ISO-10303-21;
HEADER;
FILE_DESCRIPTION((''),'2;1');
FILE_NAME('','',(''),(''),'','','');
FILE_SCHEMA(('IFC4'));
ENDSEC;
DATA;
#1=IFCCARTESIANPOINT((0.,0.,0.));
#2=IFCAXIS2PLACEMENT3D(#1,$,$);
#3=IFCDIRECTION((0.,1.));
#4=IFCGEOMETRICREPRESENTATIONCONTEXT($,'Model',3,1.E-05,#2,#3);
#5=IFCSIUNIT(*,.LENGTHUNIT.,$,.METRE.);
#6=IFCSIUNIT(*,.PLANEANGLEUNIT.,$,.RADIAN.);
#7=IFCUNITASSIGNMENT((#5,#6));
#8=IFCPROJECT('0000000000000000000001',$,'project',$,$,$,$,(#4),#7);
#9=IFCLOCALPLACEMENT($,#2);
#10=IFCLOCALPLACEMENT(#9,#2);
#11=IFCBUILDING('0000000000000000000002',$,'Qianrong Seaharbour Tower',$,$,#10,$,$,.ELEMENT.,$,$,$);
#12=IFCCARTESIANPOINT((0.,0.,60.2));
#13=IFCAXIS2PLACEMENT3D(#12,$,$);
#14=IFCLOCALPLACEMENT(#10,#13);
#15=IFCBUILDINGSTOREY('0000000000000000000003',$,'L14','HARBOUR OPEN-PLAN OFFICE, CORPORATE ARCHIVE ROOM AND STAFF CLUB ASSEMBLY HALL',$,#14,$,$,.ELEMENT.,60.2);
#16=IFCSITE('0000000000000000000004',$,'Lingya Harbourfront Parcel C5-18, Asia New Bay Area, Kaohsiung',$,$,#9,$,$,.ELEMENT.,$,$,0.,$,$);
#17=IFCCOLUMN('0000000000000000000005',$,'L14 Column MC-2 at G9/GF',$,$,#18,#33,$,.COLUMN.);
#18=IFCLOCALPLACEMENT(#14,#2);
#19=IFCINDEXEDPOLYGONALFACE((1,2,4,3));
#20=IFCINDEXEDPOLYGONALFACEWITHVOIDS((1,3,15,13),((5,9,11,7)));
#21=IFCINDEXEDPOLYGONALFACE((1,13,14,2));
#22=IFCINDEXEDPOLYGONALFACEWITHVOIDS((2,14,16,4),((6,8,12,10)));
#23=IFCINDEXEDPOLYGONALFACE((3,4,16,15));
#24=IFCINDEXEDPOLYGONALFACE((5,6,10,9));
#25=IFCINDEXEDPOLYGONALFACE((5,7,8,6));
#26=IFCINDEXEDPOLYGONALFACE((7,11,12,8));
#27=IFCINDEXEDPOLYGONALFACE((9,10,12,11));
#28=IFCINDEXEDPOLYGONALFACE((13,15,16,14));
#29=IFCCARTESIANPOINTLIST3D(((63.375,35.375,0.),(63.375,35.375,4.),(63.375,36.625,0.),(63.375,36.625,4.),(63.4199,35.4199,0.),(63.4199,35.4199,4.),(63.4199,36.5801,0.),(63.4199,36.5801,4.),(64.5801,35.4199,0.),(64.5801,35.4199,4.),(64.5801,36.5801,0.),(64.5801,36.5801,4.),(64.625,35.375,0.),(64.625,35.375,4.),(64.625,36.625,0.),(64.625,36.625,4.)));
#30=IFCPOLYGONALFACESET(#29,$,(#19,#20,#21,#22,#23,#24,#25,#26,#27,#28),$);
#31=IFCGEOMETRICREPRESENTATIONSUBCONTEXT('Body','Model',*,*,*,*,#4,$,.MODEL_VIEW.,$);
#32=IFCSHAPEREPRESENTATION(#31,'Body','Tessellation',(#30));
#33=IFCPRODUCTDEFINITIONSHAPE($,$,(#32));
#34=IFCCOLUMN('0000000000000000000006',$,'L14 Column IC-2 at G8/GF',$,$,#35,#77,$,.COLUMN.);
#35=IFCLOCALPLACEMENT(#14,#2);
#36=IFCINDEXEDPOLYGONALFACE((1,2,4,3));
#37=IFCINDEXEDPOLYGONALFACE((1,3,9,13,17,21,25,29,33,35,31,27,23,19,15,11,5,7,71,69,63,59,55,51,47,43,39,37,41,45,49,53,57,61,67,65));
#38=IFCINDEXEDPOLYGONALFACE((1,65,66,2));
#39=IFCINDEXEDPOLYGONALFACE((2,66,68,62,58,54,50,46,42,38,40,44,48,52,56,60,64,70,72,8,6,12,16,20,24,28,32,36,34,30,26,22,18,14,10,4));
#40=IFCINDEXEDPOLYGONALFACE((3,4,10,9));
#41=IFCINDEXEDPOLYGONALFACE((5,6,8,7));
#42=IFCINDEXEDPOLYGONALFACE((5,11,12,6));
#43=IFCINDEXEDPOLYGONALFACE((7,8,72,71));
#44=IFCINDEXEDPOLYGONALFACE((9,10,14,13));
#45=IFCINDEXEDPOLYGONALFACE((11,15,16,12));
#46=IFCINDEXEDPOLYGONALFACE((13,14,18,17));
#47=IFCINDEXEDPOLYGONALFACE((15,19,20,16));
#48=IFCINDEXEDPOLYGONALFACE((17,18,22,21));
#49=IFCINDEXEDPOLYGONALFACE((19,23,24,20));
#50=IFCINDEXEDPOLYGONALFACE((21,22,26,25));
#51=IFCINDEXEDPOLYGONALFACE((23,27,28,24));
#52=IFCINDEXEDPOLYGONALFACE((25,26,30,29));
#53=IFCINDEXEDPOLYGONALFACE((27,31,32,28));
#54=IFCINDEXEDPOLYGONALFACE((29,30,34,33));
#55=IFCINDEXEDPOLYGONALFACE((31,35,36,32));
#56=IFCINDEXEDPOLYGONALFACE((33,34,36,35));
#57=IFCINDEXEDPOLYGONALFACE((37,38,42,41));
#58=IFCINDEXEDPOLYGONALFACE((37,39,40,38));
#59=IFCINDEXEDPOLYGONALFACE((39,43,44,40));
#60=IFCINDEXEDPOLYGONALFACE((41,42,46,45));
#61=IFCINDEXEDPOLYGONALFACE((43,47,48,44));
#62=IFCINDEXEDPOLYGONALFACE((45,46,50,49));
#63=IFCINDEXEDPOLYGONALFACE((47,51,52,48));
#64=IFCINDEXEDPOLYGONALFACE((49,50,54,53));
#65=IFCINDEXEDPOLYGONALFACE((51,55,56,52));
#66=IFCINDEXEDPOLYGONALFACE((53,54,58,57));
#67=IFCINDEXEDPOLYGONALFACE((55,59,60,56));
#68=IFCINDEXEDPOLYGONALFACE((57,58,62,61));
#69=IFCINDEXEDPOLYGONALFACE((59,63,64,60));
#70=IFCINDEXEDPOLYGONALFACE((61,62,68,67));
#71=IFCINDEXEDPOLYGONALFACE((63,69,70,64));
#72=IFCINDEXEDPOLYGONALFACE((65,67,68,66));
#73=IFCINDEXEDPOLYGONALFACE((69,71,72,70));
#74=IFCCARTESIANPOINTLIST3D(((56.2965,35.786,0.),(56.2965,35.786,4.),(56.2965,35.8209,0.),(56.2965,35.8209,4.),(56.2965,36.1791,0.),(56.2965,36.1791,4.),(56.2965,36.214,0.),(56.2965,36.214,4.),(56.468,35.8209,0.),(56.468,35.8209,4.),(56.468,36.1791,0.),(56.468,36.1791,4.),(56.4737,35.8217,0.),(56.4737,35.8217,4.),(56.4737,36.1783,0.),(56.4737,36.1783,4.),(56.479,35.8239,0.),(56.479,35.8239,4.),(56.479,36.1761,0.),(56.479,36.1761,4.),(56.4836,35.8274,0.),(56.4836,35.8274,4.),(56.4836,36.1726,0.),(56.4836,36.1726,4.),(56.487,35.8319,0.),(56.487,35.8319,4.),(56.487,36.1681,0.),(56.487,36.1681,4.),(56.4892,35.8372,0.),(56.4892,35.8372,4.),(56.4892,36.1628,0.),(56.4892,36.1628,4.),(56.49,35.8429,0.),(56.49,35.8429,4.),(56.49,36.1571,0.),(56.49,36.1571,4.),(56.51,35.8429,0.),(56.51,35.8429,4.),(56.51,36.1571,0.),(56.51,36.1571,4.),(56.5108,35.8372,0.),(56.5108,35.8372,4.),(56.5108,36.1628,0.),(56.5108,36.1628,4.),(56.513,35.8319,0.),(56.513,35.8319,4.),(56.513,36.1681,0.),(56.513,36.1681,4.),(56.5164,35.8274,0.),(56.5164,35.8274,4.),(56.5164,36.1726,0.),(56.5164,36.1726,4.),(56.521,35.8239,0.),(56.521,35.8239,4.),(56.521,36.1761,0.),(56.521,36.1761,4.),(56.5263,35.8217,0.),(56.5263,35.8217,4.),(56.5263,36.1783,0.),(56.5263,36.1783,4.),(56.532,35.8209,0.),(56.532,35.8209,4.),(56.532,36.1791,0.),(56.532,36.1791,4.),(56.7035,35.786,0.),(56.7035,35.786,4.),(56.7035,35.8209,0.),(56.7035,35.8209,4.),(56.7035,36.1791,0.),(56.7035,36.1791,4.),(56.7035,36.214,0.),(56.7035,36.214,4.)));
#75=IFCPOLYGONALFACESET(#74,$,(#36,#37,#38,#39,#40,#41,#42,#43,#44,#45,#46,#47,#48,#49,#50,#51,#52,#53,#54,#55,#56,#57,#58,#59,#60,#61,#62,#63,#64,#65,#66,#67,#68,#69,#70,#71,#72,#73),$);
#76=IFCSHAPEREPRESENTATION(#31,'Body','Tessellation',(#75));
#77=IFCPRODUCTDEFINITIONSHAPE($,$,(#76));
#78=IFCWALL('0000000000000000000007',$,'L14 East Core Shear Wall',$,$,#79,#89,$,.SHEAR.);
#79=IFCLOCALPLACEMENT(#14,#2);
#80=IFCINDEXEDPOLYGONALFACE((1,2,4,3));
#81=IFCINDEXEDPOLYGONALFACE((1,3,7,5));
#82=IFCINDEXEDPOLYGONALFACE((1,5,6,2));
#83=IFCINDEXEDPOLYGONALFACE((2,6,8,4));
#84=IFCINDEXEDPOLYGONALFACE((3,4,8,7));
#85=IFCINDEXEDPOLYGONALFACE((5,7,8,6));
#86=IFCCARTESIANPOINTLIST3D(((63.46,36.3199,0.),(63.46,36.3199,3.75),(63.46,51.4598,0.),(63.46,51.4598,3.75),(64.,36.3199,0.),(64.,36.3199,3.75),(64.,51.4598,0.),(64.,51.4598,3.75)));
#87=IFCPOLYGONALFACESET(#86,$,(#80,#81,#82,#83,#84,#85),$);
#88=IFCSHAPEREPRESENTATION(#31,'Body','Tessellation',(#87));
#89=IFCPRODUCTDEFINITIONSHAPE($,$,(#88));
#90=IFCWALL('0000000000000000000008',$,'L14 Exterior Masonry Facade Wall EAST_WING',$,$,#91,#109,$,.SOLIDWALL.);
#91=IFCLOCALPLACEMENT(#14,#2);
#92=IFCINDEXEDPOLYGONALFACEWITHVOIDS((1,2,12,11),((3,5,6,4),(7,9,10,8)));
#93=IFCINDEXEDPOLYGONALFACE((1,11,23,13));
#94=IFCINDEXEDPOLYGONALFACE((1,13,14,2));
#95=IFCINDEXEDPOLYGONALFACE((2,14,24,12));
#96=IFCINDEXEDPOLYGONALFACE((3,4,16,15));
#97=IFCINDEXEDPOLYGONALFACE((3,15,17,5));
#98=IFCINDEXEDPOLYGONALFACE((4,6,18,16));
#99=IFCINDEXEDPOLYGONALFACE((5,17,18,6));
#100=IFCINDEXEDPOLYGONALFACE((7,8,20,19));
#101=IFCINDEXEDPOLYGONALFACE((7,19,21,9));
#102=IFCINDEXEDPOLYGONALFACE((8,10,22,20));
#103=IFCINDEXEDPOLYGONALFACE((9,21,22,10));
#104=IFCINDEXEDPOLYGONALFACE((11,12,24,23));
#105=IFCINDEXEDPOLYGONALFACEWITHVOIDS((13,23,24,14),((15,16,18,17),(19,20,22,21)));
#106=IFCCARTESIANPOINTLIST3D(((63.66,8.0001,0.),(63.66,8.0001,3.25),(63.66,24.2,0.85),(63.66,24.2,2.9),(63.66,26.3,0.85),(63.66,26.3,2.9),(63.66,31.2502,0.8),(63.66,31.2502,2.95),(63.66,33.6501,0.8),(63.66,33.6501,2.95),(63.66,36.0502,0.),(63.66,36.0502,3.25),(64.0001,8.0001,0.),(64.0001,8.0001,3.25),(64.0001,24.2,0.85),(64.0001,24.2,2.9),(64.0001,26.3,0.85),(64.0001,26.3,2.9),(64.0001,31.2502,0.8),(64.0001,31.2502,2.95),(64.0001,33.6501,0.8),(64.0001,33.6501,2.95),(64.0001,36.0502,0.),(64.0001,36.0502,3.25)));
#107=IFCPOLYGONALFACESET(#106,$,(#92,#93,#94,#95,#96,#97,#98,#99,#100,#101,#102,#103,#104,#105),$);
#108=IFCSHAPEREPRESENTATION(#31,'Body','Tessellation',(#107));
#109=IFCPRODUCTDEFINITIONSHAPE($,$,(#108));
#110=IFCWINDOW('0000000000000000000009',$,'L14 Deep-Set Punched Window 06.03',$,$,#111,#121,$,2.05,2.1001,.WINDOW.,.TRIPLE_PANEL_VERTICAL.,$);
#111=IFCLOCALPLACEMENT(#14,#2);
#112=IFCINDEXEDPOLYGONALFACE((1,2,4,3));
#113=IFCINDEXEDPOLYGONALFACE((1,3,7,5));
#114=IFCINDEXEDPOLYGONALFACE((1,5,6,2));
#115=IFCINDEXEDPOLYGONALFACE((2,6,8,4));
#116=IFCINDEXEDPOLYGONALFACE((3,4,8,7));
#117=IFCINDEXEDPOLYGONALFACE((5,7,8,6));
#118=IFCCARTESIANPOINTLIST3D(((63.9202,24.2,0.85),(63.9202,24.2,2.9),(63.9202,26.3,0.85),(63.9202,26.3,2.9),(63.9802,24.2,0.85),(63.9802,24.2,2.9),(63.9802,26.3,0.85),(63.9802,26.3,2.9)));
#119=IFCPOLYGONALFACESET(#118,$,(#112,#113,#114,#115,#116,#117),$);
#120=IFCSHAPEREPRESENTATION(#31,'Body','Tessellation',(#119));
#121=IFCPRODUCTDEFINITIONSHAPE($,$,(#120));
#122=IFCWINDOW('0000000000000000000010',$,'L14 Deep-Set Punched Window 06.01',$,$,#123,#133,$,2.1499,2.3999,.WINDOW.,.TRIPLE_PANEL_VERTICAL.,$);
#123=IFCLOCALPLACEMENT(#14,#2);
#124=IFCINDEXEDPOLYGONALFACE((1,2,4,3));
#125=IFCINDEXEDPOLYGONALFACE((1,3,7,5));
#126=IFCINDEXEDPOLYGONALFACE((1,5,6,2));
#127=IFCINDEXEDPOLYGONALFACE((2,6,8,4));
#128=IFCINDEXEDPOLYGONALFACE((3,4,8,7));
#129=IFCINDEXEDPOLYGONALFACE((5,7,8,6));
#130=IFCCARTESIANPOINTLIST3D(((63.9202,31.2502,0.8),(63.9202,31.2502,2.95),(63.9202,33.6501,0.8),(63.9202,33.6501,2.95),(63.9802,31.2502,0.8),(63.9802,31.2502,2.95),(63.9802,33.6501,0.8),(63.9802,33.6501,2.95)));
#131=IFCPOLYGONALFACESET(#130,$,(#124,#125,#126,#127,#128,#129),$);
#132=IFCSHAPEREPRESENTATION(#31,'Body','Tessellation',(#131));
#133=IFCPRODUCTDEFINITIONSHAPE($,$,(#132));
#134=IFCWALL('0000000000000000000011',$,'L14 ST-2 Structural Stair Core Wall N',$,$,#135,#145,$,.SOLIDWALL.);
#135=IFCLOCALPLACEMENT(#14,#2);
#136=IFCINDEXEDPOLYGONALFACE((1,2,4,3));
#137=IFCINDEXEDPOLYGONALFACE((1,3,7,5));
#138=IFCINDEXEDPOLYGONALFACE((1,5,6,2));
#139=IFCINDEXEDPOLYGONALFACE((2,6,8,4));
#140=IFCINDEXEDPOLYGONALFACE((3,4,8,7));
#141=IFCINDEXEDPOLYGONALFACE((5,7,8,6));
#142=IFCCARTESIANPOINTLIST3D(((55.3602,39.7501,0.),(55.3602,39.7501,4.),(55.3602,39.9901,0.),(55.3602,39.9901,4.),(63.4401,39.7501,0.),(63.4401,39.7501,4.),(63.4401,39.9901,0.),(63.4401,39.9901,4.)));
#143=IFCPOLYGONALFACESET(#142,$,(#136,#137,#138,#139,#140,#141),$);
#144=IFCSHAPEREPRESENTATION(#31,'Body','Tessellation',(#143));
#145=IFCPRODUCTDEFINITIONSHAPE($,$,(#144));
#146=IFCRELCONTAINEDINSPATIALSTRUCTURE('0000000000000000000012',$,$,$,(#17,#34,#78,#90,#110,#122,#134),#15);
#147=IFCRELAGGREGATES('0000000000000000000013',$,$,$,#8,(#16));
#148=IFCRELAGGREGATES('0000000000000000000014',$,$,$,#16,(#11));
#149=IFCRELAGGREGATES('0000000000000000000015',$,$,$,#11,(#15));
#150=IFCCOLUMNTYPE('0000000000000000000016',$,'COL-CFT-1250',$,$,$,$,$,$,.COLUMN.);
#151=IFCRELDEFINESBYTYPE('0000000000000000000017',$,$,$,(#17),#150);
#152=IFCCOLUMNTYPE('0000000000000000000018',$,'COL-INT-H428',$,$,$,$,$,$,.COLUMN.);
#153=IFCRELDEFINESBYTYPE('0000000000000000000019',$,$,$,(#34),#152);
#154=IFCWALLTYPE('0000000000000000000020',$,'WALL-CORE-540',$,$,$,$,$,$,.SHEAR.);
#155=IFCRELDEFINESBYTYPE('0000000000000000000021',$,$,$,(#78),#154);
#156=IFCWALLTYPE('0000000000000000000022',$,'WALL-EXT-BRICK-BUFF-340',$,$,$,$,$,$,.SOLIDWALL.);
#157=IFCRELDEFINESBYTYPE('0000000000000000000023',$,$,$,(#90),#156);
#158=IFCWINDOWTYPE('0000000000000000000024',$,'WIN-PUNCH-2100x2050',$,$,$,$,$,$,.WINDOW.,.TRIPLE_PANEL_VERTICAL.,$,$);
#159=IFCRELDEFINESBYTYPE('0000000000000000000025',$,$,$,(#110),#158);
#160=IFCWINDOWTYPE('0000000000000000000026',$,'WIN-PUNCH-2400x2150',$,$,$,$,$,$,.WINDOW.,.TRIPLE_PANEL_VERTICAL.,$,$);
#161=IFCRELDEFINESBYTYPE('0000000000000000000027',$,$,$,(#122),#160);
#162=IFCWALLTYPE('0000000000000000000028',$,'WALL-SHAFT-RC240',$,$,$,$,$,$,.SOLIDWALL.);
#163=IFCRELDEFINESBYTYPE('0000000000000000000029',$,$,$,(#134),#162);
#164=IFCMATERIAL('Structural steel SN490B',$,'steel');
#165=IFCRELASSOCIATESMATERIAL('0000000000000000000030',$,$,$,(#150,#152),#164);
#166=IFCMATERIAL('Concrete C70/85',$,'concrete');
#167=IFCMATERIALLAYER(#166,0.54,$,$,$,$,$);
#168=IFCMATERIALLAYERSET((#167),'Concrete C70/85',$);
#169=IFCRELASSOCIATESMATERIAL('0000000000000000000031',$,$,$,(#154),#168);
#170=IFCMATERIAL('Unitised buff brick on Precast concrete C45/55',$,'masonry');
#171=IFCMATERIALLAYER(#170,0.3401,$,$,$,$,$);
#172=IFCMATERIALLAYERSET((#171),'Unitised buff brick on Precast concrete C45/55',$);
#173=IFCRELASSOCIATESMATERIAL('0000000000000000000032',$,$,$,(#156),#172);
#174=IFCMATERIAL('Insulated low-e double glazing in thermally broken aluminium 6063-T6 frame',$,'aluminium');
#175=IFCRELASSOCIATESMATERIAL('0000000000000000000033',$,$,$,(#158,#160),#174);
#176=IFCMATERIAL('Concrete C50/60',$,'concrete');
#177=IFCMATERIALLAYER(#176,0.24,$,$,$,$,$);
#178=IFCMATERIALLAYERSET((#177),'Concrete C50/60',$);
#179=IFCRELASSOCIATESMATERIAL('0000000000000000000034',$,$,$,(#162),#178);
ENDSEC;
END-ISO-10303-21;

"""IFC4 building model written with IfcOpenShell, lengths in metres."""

from ifc_helpers import new_model, si_unit, direction, frame, frame_2d, origin, origin_2d, place, context, subcontext, project, spatial, rectangle, hollow_rectangle, i_section, extrude, material, layer, layer_set, material_profile, profile_set, type_object, element, fill, save


model = new_model("IFC4")

# Units and contexts
model_context = context("Model", 3, precision=1e-05, world=origin(), true_north=direction((0.0, 1.0)))
body_context = subcontext(model_context, "Body", "Model", "MODEL_VIEW")
ifc_project = project(units=[si_unit("LENGTHUNIT", "METRE"), si_unit("PLANEANGLEUNIT", "RADIAN")], contexts=[model_context])

# Site, building, storey
site_placement = place(None, origin())
site = spatial("IfcSite", under=ifc_project, at=site_placement, Name="Lingya Harbourfront Parcel C5-18, Asia New Bay Area, Kaohsiung", CompositionType="ELEMENT", RefElevation=0.0)
building_placement = place(site_placement, origin())
building = spatial("IfcBuilding", under=site, at=building_placement, Name="Qianrong Seaharbour Tower", CompositionType="ELEMENT")
storey_placement = place(building_placement, frame((0.0, 0.0, 60.2)))
storey = spatial("IfcBuildingStorey", under=building, at=storey_placement, Name="L14", Description="HARBOUR OPEN-PLAN OFFICE, CORPORATE ARCHIVE ROOM AND STAFF CLUB ASSEMBLY HALL", CompositionType="ELEMENT", Elevation=60.2)

# Columns
ifc_material_1 = material(Name="Structural steel SN490B", Category="steel")
ifc_material_profile_1 = material_profile(ifc_material_1, hollow_rectangle(XDim=1.25, YDim=1.25, WallThickness=0.0449, at=origin_2d()), Name="BOX1250x1250x45")
ifc_profile_set_1 = profile_set([ifc_material_profile_1], Name="Structural steel SN490B")
column_type_1 = type_object("IfcColumnType", Name="COL-CFT-1250", PredefinedType="COLUMN", material=ifc_profile_set_1)
column_1_placement = place(storey_placement, frame((64.0, 36.0, 0.0), z_axis=(0.0, 0.0, 1.0), x_axis=(1.0, 0.0, 0.0)))
element("IfcColumn", 1, at=column_1_placement, inside=storey, type_object=column_type_1, Name="L14 Column MC-2 at G9/GF", PredefinedType="COLUMN", context=body_context, shape_type="SweptSolid", body=[
    extrude(hollow_rectangle(XDim=1.25, YDim=1.25, WallThickness=0.0449, at=origin_2d()), origin(), (0.0, 0.0, 1.0), 4.0),
])
ifc_material_profile_2 = material_profile(ifc_material_1, i_section(OverallWidth=0.407, OverallDepth=0.428, WebThickness=0.02, FlangeThickness=0.0349, FilletRadius=0.022, at=origin_2d()), Name="H428x407x20x35")
ifc_profile_set_2 = profile_set([ifc_material_profile_2], Name="Structural steel SN490B")
column_type_2 = type_object("IfcColumnType", Name="COL-INT-H428", PredefinedType="COLUMN", material=ifc_profile_set_2)
column_2_placement = place(storey_placement, frame((56.5, 36.0, 0.0), z_axis=(0.0, 0.0, 1.0), x_axis=(1.0, 0.0, 0.0)))
element("IfcColumn", 2, at=column_2_placement, inside=storey, type_object=column_type_2, Name="L14 Column IC-2 at G8/GF", PredefinedType="COLUMN", context=body_context, shape_type="SweptSolid", body=[
    extrude(i_section(OverallWidth=0.407, OverallDepth=0.428, WebThickness=0.02, FlangeThickness=0.0349, FilletRadius=0.022, at=origin_2d()), origin(), (0.0, 0.0, 1.0), 4.0),
])

# Wall
ifc_material_2 = material(Name="Concrete C70/85", Category="concrete")
ifc_layer_1 = layer(ifc_material_2, 0.54)
ifc_layer_set_1 = layer_set([ifc_layer_1], Name="Concrete C70/85")
wall_type_1 = type_object("IfcWallType", Name="WALL-CORE-540", PredefinedType="SHEAR", material=ifc_layer_set_1)
wall_1_placement = place(storey_placement, frame((63.73, 36.3201, 0.0), z_axis=(0.0, 0.0, 1.0), x_axis=(0.0, 1.0, 0.0)))
element("IfcWall", 3, at=wall_1_placement, inside=storey, type_object=wall_type_1, Name="L14 East Core Shear Wall", PredefinedType="SHEAR", context=body_context, shape_type="SweptSolid", body=[
    extrude(rectangle(XDim=15.1399, YDim=0.54, at=frame_2d((7.5698, 0.0))), origin(), (0.0, 0.0, 1.0), 3.75),
])

# Wall, openings, windows
ifc_material_3 = material(Name="Unitised buff brick on Precast concrete C45/55", Category="masonry")
ifc_layer_2 = layer(ifc_material_3, 0.3401)
ifc_layer_set_2 = layer_set([ifc_layer_2], Name="Unitised buff brick on Precast concrete C45/55")
wall_type_2 = type_object("IfcWallType", Name="WALL-EXT-BRICK-BUFF-340", PredefinedType="SOLIDWALL", material=ifc_layer_set_2)
wall_2_placement = place(storey_placement, frame((63.8301, 36.05, 0.0), z_axis=(0.0, 0.0, 1.0), x_axis=(0.0, -1.0, 0.0)))
wall_2 = element("IfcWall", 4, at=wall_2_placement, inside=storey, type_object=wall_type_2, Name="L14 Exterior Masonry Facade Wall EAST_WING", PredefinedType="SOLIDWALL", context=body_context, shape_type="SweptSolid", body=[
    extrude(rectangle(XDim=28.05, YDim=0.3401, at=frame_2d((14.0249, 0.0))), origin(), (0.0, 0.0, 1.0), 3.25),
])
opening_1_placement = place(wall_2_placement, frame((2.3999, 0.0, 0.8)))
opening_1 = element("IfcOpeningElement", 5, at=opening_1_placement, cuts=wall_2, PredefinedType="OPENING", context=body_context, shape_type="SweptSolid", body=[
    extrude(rectangle(XDim=2.3999, YDim=2.1499, at=frame_2d((1.2, 1.075))), frame((0.0, 0.1802, 0.0), z_axis=(0.0, -1.0, 0.0), x_axis=(1.0, 0.0, 0.0)), (0.0, 0.0, 1.0), 0.3601),
])
opening_2_placement = place(wall_2_placement, frame((9.75, 0.0, 0.8501)))
opening_2 = element("IfcOpeningElement", 6, at=opening_2_placement, cuts=wall_2, PredefinedType="OPENING", context=body_context, shape_type="SweptSolid", body=[
    extrude(rectangle(XDim=2.1001, YDim=2.05, at=frame_2d((1.05, 1.0249))), frame((0.0, 0.1802, 0.0), z_axis=(0.0, -1.0, 0.0), x_axis=(1.0, 0.0, 0.0)), (0.0, 0.0, 1.0), 0.3601),
])
ifc_material_4 = material(Name="Insulated low-e double glazing in thermally broken aluminium 6063-T6 frame", Category="aluminium")
window_type_1 = type_object("IfcWindowType", Name="WIN-PUNCH-2100x2050", PartitioningType="TRIPLE_PANEL_VERTICAL", PredefinedType="WINDOW", material=ifc_material_4)
window_1_placement = place(opening_2_placement, origin())
window_1 = element("IfcWindow", 7, at=window_1_placement, inside=storey, type_object=window_type_1, Name="L14 Deep-Set Punched Window 06.03", OverallHeight=2.05, OverallWidth=2.1001, PartitioningType="TRIPLE_PANEL_VERTICAL", PredefinedType="WINDOW", context=body_context, shape_type="SweptSolid", body=[
    extrude(rectangle(XDim=2.1001, YDim=2.05, at=frame_2d((1.05, 1.0249))), frame((0.0, 0.1501, 0.0), z_axis=(0.0, -1.0, 0.0), x_axis=(1.0, 0.0, 0.0)), (0.0, 0.0, 1.0), 0.0601),
])
fill(opening_2, window_1)
window_type_2 = type_object("IfcWindowType", Name="WIN-PUNCH-2400x2150", PartitioningType="TRIPLE_PANEL_VERTICAL", PredefinedType="WINDOW", material=ifc_material_4)
window_2_placement = place(opening_1_placement, origin())
window_2 = element("IfcWindow", 8, at=window_2_placement, inside=storey, type_object=window_type_2, Name="L14 Deep-Set Punched Window 06.01", OverallHeight=2.1499, OverallWidth=2.3999, PartitioningType="TRIPLE_PANEL_VERTICAL", PredefinedType="WINDOW", context=body_context, shape_type="SweptSolid", body=[
    extrude(rectangle(XDim=2.3999, YDim=2.1499, at=frame_2d((1.2, 1.075))), frame((0.0, 0.1501, 0.0), z_axis=(0.0, -1.0, 0.0), x_axis=(1.0, 0.0, 0.0)), (0.0, 0.0, 1.0), 0.0601),
])
fill(opening_1, window_2)

# Wall
ifc_material_5 = material(Name="Concrete C50/60", Category="concrete")
ifc_layer_3 = layer(ifc_material_5, 0.24)
ifc_layer_set_3 = layer_set([ifc_layer_3], Name="Concrete C50/60")
wall_type_3 = type_object("IfcWallType", Name="WALL-SHAFT-RC240", PredefinedType="SOLIDWALL", material=ifc_layer_set_3)
wall_3_placement = place(storey_placement, frame((55.3601, 39.8701, 0.0), z_axis=(0.0, 0.0, 1.0), x_axis=(1.0, 0.0, 0.0)))
element("IfcWall", 9, at=wall_3_placement, inside=storey, type_object=wall_type_3, Name="L14 ST-2 Structural Stair Core Wall N", PredefinedType="SOLIDWALL", context=body_context, shape_type="SweptSolid", body=[
    extrude(rectangle(XDim=8.0798, YDim=0.24, at=frame_2d((4.04, 0.0))), origin(), (0.0, 0.0, 1.0), 4.0),
])

save(model, "model.ifc")
